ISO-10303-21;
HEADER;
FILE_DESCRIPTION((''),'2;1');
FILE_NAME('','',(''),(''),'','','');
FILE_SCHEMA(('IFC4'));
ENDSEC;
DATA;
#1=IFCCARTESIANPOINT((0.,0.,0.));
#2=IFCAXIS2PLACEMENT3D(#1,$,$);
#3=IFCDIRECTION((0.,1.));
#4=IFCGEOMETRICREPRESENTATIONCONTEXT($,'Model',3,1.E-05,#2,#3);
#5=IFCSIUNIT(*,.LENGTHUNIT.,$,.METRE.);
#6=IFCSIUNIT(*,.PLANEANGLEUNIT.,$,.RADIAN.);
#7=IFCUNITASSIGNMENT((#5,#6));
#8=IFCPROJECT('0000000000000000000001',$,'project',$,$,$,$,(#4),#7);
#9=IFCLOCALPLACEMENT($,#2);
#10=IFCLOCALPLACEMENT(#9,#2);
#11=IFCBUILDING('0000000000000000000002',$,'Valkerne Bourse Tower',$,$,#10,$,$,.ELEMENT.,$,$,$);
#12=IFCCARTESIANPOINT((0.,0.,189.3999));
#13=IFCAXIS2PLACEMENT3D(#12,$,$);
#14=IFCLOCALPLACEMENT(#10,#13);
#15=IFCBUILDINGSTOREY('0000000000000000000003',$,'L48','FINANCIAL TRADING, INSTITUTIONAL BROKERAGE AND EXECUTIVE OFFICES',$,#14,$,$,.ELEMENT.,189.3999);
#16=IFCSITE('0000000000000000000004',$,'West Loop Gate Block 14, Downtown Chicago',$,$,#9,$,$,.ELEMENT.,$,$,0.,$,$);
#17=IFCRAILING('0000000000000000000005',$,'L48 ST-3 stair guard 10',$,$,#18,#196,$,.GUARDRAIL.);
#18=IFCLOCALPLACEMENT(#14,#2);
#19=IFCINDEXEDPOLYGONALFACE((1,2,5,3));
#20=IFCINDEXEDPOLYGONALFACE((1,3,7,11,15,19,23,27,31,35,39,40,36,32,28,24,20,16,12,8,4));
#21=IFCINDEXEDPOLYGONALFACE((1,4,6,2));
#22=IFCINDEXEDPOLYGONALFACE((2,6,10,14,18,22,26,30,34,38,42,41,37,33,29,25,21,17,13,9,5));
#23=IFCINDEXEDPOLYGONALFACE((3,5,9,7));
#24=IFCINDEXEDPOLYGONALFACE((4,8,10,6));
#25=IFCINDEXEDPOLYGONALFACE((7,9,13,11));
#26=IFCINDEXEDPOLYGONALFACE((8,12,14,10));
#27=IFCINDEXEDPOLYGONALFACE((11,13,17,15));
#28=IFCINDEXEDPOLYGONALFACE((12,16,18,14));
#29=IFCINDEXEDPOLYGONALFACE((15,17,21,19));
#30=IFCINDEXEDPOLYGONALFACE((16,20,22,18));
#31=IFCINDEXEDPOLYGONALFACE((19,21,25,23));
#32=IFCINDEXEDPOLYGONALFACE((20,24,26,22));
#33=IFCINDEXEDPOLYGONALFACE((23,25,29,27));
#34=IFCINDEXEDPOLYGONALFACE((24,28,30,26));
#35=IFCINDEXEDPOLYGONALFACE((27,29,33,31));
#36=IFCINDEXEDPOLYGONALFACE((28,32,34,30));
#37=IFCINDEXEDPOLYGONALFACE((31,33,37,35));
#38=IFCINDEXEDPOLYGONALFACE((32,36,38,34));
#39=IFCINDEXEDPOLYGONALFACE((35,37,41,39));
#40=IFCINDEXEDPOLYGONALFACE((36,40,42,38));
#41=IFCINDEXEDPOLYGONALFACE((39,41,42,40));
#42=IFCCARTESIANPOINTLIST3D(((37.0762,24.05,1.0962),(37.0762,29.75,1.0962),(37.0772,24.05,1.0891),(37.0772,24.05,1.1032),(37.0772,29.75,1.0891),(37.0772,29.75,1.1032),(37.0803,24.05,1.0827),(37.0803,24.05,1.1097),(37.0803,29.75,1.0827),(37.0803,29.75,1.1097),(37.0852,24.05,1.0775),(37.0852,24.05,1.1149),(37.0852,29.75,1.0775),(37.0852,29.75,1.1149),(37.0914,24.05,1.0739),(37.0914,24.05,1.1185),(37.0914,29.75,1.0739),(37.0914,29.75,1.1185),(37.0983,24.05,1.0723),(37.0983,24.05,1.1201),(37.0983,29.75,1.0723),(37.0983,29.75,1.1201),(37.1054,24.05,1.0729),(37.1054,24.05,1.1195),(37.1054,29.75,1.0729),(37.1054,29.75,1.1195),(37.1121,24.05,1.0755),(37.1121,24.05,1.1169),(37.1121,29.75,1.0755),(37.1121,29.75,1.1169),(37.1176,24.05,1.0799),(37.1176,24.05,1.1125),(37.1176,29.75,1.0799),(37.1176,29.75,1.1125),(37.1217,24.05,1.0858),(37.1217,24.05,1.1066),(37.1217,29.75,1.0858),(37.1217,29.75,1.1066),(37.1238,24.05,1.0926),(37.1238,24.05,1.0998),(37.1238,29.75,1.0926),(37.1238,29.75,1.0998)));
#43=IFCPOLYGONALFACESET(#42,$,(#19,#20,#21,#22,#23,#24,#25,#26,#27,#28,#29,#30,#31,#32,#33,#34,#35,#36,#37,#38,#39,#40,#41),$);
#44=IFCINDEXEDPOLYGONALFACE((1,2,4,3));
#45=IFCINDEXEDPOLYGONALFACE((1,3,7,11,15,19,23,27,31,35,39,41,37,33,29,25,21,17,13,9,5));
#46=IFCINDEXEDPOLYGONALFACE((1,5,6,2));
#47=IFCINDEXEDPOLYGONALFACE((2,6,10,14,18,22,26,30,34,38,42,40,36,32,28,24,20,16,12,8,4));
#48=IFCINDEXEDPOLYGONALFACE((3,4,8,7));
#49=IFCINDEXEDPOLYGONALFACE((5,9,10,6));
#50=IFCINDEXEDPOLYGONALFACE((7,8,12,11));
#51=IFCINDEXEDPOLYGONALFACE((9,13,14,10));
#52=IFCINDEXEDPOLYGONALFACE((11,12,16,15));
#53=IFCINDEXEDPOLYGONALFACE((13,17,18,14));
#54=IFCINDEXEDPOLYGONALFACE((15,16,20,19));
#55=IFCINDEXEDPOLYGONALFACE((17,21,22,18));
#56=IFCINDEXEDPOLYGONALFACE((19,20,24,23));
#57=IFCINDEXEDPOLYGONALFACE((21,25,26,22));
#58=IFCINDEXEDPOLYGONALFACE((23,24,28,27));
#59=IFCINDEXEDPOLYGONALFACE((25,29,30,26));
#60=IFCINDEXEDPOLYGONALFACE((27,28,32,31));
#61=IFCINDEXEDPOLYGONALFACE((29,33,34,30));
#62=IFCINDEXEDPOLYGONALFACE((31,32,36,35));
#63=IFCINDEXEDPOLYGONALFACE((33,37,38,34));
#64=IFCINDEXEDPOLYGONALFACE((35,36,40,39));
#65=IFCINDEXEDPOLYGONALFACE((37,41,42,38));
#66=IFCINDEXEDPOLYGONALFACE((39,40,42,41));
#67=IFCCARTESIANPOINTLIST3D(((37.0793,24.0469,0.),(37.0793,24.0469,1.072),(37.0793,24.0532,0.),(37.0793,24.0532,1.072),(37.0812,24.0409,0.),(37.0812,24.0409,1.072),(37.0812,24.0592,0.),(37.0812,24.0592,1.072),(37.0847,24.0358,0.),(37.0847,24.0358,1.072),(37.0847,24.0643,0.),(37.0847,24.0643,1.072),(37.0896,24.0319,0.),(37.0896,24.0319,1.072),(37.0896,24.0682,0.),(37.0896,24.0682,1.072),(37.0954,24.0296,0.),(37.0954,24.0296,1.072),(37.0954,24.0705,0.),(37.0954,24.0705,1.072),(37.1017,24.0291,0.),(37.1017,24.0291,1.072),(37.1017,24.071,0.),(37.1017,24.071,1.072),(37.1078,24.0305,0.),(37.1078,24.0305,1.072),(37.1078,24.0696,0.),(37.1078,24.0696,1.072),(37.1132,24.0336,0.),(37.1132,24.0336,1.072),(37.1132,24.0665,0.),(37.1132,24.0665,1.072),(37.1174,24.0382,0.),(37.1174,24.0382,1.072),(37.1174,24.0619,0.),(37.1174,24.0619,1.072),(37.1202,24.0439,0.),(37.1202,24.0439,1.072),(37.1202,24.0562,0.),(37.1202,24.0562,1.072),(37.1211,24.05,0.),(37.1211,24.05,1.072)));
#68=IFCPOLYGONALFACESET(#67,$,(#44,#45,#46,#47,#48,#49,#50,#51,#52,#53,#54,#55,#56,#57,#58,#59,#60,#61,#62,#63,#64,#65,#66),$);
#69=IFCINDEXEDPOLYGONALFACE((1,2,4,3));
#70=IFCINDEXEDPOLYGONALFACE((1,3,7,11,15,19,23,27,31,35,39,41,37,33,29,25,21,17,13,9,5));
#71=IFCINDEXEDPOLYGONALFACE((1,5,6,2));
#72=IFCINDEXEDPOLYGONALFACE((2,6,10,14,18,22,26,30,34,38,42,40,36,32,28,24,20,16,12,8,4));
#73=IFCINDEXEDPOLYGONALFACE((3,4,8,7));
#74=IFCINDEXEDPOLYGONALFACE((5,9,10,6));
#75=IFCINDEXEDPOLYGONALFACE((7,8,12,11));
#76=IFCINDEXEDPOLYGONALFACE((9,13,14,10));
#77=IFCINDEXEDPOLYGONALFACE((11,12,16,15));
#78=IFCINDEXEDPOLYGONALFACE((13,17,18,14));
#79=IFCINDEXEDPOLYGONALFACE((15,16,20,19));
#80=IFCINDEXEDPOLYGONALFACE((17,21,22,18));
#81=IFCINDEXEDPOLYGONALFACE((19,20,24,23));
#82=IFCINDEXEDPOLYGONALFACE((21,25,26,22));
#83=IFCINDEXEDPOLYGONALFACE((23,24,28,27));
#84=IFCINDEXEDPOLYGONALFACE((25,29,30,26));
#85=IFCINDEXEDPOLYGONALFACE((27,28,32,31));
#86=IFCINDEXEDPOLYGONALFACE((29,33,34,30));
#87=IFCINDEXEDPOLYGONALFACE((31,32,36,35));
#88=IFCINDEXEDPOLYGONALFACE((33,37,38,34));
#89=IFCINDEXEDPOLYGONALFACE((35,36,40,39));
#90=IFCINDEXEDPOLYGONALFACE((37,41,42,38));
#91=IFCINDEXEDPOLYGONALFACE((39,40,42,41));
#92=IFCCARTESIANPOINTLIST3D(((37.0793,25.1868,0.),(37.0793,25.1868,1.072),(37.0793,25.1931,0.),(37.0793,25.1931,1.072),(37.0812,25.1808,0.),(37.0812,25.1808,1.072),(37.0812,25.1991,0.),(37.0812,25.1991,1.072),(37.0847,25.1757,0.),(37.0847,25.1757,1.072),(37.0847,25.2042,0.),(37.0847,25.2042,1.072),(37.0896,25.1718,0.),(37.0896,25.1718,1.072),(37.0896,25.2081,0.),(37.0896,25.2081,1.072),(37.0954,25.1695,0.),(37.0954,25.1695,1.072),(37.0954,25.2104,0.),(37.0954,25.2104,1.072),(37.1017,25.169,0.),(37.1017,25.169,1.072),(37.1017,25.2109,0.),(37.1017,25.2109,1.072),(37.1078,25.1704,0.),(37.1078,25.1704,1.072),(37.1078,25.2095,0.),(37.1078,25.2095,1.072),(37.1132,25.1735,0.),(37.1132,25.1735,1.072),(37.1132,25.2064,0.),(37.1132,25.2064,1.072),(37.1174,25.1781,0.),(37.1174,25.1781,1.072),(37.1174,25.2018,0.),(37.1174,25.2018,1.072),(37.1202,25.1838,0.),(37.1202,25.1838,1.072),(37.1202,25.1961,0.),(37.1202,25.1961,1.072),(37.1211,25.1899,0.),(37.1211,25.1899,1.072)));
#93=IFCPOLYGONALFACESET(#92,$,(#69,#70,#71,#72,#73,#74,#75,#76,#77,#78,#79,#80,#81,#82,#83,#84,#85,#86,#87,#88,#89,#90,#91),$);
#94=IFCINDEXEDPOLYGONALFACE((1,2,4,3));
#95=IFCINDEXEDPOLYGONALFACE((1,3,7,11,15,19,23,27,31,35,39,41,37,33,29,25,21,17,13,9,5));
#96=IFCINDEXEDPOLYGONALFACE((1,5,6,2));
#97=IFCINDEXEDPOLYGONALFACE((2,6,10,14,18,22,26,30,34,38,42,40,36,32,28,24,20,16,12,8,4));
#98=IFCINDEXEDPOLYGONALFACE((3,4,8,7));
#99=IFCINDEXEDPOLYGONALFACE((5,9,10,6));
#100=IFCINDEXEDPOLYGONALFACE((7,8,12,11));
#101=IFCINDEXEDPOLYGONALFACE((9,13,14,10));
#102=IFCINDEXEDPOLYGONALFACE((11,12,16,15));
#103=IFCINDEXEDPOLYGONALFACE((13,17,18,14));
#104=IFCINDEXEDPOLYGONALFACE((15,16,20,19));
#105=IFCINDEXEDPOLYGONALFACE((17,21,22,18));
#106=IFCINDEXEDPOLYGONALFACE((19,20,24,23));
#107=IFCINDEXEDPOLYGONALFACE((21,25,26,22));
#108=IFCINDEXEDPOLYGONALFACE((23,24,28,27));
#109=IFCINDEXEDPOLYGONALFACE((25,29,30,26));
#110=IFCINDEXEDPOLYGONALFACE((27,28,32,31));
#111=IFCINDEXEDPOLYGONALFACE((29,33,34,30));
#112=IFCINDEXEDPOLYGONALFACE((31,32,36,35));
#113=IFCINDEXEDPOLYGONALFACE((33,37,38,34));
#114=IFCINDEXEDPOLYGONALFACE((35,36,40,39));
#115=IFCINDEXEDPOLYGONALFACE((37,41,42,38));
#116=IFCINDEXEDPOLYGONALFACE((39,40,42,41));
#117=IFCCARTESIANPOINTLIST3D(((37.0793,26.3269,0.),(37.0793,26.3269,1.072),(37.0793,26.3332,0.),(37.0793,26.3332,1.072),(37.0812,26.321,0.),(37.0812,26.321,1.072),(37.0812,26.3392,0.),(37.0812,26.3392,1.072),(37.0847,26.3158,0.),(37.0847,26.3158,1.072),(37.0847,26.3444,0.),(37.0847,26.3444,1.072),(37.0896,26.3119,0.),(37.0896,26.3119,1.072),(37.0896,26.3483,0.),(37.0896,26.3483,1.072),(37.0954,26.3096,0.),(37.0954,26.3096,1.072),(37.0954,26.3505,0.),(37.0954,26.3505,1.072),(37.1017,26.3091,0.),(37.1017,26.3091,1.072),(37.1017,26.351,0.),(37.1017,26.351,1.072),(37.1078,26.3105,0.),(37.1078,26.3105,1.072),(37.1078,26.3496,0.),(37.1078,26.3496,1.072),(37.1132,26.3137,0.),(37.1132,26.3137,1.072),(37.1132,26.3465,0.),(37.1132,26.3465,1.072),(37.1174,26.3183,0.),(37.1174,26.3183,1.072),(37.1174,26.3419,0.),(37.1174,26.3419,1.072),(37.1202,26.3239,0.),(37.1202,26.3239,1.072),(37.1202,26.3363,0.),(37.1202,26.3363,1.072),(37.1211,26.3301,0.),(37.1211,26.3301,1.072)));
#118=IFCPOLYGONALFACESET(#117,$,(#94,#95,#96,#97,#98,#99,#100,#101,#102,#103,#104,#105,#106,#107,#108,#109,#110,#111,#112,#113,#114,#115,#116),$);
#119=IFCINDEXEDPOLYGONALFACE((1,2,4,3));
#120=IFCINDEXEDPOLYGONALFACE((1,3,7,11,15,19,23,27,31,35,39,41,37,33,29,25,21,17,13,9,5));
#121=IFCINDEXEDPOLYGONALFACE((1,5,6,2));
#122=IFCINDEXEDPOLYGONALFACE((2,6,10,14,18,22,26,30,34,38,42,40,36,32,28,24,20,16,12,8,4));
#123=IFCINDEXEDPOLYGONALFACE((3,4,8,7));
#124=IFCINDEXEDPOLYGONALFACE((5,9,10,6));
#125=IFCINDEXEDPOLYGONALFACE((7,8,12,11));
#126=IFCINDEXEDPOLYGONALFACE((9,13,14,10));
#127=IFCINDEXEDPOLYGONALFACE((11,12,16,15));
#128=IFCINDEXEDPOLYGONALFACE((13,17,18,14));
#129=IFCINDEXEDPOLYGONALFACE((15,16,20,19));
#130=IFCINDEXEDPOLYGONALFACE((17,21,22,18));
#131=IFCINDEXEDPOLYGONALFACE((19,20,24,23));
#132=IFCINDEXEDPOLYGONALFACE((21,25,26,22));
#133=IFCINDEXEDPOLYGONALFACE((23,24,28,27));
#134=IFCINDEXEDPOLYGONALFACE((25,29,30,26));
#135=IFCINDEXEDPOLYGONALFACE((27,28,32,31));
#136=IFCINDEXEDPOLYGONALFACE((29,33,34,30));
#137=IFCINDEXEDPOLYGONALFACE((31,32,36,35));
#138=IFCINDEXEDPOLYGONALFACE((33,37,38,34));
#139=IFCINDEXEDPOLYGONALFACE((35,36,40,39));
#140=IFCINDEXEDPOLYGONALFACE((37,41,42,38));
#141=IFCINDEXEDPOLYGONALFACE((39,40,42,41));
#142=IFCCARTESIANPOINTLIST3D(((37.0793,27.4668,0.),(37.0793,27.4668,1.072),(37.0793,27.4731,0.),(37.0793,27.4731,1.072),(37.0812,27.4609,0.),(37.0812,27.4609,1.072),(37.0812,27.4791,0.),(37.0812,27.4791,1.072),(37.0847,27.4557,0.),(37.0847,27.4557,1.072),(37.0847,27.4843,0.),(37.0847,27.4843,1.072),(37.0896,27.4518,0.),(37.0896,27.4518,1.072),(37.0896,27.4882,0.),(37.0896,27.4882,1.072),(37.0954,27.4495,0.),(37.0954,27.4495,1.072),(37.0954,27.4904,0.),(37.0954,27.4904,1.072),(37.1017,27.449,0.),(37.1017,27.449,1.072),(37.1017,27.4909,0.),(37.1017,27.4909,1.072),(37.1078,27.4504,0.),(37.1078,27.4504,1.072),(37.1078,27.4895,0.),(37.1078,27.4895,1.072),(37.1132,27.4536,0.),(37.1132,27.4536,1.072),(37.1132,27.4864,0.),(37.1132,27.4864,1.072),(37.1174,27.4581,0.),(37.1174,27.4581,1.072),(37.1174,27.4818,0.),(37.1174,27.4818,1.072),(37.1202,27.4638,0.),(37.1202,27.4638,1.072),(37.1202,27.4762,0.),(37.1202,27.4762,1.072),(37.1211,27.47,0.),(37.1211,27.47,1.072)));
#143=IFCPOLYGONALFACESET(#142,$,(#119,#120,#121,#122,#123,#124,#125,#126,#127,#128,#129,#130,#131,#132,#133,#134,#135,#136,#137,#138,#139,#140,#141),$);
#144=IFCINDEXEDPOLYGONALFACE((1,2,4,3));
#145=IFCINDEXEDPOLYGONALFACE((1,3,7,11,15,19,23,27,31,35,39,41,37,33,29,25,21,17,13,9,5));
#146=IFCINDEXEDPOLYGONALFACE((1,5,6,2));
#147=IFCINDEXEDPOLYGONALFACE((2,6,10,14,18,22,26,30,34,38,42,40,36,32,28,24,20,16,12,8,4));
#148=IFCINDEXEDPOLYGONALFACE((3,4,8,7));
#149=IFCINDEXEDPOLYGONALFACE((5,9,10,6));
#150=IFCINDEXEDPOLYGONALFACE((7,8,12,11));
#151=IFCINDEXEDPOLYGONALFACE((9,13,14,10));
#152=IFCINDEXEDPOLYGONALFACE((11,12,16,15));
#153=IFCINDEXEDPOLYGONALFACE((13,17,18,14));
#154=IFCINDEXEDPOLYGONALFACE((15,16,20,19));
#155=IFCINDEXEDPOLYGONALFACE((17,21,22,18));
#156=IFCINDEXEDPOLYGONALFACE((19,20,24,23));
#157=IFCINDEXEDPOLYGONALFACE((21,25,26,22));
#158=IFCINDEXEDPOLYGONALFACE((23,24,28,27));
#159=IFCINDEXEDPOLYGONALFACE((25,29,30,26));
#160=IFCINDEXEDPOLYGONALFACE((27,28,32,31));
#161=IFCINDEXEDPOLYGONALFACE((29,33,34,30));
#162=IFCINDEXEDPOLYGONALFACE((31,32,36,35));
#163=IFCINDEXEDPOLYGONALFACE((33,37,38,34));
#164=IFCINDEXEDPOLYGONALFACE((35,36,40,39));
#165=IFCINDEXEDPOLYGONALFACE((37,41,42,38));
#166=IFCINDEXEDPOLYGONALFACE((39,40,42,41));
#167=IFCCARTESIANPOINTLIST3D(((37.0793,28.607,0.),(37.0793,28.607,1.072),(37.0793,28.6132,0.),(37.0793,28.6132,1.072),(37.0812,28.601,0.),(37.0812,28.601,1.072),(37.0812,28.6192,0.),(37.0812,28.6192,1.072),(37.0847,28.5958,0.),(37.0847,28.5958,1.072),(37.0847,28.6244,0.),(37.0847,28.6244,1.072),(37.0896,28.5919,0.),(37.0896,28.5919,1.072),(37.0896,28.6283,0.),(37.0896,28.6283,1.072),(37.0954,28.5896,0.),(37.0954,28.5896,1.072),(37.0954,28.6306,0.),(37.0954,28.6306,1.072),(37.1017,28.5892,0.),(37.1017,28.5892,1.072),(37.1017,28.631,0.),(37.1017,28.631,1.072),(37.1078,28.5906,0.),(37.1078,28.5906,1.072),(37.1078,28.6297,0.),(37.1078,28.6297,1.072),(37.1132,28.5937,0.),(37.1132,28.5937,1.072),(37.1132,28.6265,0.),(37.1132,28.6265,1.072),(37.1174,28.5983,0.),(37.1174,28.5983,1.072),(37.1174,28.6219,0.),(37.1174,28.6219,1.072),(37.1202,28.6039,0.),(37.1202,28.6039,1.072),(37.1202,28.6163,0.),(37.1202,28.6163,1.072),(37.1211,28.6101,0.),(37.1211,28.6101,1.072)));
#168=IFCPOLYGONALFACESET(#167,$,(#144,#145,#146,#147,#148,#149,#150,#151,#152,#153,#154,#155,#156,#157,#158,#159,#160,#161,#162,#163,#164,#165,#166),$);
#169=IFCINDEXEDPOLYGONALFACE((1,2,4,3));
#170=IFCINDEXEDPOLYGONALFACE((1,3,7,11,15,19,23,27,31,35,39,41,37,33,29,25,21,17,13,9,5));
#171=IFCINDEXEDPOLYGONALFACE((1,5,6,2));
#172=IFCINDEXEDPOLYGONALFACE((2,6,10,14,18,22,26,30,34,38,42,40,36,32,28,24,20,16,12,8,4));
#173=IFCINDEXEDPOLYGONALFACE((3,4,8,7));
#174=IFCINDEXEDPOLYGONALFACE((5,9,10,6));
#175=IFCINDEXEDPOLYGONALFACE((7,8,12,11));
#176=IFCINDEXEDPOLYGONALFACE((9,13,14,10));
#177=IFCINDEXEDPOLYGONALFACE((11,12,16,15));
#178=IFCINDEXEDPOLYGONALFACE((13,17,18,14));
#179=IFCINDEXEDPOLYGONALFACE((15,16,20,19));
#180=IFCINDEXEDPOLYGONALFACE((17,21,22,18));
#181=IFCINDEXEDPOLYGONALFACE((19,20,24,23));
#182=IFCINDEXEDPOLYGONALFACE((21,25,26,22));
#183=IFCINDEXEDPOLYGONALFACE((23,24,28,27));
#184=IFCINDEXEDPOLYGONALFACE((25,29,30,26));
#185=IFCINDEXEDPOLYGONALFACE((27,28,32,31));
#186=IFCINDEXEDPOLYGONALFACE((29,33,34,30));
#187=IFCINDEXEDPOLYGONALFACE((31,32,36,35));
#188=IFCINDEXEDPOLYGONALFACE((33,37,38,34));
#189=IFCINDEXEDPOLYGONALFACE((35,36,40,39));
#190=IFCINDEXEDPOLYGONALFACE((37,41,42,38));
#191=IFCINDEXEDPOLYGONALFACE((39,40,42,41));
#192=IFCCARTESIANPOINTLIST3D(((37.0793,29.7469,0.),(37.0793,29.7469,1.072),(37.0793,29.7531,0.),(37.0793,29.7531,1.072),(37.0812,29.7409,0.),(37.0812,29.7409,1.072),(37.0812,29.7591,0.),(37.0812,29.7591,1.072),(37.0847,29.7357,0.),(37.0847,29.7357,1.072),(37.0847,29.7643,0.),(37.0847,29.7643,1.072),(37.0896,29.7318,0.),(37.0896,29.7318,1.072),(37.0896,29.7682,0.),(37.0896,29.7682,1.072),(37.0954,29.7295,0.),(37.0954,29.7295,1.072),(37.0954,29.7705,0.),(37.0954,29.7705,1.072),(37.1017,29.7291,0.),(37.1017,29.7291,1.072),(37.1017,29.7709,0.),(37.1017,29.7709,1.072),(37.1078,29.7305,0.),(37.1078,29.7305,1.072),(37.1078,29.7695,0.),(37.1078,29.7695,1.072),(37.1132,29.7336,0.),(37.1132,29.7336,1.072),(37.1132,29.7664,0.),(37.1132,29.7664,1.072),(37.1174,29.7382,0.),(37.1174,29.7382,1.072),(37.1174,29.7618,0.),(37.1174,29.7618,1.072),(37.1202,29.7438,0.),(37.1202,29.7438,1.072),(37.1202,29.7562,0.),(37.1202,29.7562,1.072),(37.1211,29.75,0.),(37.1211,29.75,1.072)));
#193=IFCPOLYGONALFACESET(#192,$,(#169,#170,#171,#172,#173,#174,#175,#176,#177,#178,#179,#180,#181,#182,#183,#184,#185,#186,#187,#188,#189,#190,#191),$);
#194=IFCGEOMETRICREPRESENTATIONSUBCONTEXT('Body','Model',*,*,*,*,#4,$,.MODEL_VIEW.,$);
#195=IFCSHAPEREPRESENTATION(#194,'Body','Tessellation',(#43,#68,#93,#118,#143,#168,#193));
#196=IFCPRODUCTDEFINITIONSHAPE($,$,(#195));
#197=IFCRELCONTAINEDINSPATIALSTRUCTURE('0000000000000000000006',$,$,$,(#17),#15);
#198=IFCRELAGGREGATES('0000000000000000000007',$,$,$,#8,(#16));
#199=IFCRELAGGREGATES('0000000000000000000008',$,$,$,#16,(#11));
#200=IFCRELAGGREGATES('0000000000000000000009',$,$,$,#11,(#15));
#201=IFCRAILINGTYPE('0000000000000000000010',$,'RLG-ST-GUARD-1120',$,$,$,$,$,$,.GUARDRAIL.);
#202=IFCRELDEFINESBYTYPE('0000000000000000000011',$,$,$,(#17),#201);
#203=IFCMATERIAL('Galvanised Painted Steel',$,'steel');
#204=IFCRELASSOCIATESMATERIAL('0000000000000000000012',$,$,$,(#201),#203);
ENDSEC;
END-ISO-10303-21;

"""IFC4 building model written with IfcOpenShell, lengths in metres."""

from ifc_helpers import new_model, si_unit, direction, frame, origin, origin_2d, place, context, subcontext, project, spatial, circle, extrude, material, type_object, element, save


model = new_model("IFC4")

# Units and contexts
model_context = context("Model", 3, precision=1e-05, world=origin(), true_north=direction((0.0, 1.0)))
body_context = subcontext(model_context, "Body", "Model", "MODEL_VIEW")
ifc_project = project(units=[si_unit("LENGTHUNIT", "METRE"), si_unit("PLANEANGLEUNIT", "RADIAN")], contexts=[model_context])

# Site, building, storey
site_placement = place(None, origin())
site = spatial("IfcSite", under=ifc_project, at=site_placement, Name="West Loop Gate Block 14, Downtown Chicago", CompositionType="ELEMENT", RefElevation=0.0)
building_placement = place(site_placement, origin())
building = spatial("IfcBuilding", under=site, at=building_placement, Name="Valkerne Bourse Tower", CompositionType="ELEMENT")
storey_placement = place(building_placement, frame((0.0, 0.0, 189.3999)))
storey = spatial("IfcBuildingStorey", under=building, at=storey_placement, Name="L48", Description="FINANCIAL TRADING, INSTITUTIONAL BROKERAGE AND EXECUTIVE OFFICES", CompositionType="ELEMENT", Elevation=189.3999)

# Railing
ifc_material_1 = material(Name="Galvanised Painted Steel", Category="steel")
railing_type_1 = type_object("IfcRailingType", Name="RLG-ST-GUARD-1120", PredefinedType="GUARDRAIL", material=ifc_material_1)
railing_1_placement = place(storey_placement, frame((37.1001, 24.05, 0.0)))
element("IfcRailing", 1, at=railing_1_placement, inside=storey, type_object=railing_type_1, Name="L48 ST-3 stair guard 10", PredefinedType="GUARDRAIL", context=body_context, shape_type="SweptSolid", body=[
    extrude(circle(Radius=0.0239, at=origin_2d()), frame((0.0, 0.0, 1.0962), z_axis=(0.0, 1.0, 0.0), x_axis=(-1.0, 0.0, 0.0)), (0.0, 0.0, 1.0), 5.7),
    extrude(circle(Radius=0.021, at=origin_2d()), origin(), (0.0, 0.0, 1.0), 1.072),
    extrude(circle(Radius=0.021, at=origin_2d()), frame((0.0, 1.1399, 0.0)), (0.0, 0.0, 1.0), 1.072),
    extrude(circle(Radius=0.021, at=origin_2d()), frame((0.0, 2.28, 0.0)), (0.0, 0.0, 1.0), 1.072),
    extrude(circle(Radius=0.021, at=origin_2d()), frame((0.0, 3.4199, 0.0)), (0.0, 0.0, 1.0), 1.072),
    extrude(circle(Radius=0.021, at=origin_2d()), frame((0.0, 4.5601, 0.0)), (0.0, 0.0, 1.0), 1.072),
    extrude(circle(Radius=0.021, at=origin_2d()), frame((0.0, 5.7, 0.0)), (0.0, 0.0, 1.0), 1.072),
])

save(model, "model.ifc")
